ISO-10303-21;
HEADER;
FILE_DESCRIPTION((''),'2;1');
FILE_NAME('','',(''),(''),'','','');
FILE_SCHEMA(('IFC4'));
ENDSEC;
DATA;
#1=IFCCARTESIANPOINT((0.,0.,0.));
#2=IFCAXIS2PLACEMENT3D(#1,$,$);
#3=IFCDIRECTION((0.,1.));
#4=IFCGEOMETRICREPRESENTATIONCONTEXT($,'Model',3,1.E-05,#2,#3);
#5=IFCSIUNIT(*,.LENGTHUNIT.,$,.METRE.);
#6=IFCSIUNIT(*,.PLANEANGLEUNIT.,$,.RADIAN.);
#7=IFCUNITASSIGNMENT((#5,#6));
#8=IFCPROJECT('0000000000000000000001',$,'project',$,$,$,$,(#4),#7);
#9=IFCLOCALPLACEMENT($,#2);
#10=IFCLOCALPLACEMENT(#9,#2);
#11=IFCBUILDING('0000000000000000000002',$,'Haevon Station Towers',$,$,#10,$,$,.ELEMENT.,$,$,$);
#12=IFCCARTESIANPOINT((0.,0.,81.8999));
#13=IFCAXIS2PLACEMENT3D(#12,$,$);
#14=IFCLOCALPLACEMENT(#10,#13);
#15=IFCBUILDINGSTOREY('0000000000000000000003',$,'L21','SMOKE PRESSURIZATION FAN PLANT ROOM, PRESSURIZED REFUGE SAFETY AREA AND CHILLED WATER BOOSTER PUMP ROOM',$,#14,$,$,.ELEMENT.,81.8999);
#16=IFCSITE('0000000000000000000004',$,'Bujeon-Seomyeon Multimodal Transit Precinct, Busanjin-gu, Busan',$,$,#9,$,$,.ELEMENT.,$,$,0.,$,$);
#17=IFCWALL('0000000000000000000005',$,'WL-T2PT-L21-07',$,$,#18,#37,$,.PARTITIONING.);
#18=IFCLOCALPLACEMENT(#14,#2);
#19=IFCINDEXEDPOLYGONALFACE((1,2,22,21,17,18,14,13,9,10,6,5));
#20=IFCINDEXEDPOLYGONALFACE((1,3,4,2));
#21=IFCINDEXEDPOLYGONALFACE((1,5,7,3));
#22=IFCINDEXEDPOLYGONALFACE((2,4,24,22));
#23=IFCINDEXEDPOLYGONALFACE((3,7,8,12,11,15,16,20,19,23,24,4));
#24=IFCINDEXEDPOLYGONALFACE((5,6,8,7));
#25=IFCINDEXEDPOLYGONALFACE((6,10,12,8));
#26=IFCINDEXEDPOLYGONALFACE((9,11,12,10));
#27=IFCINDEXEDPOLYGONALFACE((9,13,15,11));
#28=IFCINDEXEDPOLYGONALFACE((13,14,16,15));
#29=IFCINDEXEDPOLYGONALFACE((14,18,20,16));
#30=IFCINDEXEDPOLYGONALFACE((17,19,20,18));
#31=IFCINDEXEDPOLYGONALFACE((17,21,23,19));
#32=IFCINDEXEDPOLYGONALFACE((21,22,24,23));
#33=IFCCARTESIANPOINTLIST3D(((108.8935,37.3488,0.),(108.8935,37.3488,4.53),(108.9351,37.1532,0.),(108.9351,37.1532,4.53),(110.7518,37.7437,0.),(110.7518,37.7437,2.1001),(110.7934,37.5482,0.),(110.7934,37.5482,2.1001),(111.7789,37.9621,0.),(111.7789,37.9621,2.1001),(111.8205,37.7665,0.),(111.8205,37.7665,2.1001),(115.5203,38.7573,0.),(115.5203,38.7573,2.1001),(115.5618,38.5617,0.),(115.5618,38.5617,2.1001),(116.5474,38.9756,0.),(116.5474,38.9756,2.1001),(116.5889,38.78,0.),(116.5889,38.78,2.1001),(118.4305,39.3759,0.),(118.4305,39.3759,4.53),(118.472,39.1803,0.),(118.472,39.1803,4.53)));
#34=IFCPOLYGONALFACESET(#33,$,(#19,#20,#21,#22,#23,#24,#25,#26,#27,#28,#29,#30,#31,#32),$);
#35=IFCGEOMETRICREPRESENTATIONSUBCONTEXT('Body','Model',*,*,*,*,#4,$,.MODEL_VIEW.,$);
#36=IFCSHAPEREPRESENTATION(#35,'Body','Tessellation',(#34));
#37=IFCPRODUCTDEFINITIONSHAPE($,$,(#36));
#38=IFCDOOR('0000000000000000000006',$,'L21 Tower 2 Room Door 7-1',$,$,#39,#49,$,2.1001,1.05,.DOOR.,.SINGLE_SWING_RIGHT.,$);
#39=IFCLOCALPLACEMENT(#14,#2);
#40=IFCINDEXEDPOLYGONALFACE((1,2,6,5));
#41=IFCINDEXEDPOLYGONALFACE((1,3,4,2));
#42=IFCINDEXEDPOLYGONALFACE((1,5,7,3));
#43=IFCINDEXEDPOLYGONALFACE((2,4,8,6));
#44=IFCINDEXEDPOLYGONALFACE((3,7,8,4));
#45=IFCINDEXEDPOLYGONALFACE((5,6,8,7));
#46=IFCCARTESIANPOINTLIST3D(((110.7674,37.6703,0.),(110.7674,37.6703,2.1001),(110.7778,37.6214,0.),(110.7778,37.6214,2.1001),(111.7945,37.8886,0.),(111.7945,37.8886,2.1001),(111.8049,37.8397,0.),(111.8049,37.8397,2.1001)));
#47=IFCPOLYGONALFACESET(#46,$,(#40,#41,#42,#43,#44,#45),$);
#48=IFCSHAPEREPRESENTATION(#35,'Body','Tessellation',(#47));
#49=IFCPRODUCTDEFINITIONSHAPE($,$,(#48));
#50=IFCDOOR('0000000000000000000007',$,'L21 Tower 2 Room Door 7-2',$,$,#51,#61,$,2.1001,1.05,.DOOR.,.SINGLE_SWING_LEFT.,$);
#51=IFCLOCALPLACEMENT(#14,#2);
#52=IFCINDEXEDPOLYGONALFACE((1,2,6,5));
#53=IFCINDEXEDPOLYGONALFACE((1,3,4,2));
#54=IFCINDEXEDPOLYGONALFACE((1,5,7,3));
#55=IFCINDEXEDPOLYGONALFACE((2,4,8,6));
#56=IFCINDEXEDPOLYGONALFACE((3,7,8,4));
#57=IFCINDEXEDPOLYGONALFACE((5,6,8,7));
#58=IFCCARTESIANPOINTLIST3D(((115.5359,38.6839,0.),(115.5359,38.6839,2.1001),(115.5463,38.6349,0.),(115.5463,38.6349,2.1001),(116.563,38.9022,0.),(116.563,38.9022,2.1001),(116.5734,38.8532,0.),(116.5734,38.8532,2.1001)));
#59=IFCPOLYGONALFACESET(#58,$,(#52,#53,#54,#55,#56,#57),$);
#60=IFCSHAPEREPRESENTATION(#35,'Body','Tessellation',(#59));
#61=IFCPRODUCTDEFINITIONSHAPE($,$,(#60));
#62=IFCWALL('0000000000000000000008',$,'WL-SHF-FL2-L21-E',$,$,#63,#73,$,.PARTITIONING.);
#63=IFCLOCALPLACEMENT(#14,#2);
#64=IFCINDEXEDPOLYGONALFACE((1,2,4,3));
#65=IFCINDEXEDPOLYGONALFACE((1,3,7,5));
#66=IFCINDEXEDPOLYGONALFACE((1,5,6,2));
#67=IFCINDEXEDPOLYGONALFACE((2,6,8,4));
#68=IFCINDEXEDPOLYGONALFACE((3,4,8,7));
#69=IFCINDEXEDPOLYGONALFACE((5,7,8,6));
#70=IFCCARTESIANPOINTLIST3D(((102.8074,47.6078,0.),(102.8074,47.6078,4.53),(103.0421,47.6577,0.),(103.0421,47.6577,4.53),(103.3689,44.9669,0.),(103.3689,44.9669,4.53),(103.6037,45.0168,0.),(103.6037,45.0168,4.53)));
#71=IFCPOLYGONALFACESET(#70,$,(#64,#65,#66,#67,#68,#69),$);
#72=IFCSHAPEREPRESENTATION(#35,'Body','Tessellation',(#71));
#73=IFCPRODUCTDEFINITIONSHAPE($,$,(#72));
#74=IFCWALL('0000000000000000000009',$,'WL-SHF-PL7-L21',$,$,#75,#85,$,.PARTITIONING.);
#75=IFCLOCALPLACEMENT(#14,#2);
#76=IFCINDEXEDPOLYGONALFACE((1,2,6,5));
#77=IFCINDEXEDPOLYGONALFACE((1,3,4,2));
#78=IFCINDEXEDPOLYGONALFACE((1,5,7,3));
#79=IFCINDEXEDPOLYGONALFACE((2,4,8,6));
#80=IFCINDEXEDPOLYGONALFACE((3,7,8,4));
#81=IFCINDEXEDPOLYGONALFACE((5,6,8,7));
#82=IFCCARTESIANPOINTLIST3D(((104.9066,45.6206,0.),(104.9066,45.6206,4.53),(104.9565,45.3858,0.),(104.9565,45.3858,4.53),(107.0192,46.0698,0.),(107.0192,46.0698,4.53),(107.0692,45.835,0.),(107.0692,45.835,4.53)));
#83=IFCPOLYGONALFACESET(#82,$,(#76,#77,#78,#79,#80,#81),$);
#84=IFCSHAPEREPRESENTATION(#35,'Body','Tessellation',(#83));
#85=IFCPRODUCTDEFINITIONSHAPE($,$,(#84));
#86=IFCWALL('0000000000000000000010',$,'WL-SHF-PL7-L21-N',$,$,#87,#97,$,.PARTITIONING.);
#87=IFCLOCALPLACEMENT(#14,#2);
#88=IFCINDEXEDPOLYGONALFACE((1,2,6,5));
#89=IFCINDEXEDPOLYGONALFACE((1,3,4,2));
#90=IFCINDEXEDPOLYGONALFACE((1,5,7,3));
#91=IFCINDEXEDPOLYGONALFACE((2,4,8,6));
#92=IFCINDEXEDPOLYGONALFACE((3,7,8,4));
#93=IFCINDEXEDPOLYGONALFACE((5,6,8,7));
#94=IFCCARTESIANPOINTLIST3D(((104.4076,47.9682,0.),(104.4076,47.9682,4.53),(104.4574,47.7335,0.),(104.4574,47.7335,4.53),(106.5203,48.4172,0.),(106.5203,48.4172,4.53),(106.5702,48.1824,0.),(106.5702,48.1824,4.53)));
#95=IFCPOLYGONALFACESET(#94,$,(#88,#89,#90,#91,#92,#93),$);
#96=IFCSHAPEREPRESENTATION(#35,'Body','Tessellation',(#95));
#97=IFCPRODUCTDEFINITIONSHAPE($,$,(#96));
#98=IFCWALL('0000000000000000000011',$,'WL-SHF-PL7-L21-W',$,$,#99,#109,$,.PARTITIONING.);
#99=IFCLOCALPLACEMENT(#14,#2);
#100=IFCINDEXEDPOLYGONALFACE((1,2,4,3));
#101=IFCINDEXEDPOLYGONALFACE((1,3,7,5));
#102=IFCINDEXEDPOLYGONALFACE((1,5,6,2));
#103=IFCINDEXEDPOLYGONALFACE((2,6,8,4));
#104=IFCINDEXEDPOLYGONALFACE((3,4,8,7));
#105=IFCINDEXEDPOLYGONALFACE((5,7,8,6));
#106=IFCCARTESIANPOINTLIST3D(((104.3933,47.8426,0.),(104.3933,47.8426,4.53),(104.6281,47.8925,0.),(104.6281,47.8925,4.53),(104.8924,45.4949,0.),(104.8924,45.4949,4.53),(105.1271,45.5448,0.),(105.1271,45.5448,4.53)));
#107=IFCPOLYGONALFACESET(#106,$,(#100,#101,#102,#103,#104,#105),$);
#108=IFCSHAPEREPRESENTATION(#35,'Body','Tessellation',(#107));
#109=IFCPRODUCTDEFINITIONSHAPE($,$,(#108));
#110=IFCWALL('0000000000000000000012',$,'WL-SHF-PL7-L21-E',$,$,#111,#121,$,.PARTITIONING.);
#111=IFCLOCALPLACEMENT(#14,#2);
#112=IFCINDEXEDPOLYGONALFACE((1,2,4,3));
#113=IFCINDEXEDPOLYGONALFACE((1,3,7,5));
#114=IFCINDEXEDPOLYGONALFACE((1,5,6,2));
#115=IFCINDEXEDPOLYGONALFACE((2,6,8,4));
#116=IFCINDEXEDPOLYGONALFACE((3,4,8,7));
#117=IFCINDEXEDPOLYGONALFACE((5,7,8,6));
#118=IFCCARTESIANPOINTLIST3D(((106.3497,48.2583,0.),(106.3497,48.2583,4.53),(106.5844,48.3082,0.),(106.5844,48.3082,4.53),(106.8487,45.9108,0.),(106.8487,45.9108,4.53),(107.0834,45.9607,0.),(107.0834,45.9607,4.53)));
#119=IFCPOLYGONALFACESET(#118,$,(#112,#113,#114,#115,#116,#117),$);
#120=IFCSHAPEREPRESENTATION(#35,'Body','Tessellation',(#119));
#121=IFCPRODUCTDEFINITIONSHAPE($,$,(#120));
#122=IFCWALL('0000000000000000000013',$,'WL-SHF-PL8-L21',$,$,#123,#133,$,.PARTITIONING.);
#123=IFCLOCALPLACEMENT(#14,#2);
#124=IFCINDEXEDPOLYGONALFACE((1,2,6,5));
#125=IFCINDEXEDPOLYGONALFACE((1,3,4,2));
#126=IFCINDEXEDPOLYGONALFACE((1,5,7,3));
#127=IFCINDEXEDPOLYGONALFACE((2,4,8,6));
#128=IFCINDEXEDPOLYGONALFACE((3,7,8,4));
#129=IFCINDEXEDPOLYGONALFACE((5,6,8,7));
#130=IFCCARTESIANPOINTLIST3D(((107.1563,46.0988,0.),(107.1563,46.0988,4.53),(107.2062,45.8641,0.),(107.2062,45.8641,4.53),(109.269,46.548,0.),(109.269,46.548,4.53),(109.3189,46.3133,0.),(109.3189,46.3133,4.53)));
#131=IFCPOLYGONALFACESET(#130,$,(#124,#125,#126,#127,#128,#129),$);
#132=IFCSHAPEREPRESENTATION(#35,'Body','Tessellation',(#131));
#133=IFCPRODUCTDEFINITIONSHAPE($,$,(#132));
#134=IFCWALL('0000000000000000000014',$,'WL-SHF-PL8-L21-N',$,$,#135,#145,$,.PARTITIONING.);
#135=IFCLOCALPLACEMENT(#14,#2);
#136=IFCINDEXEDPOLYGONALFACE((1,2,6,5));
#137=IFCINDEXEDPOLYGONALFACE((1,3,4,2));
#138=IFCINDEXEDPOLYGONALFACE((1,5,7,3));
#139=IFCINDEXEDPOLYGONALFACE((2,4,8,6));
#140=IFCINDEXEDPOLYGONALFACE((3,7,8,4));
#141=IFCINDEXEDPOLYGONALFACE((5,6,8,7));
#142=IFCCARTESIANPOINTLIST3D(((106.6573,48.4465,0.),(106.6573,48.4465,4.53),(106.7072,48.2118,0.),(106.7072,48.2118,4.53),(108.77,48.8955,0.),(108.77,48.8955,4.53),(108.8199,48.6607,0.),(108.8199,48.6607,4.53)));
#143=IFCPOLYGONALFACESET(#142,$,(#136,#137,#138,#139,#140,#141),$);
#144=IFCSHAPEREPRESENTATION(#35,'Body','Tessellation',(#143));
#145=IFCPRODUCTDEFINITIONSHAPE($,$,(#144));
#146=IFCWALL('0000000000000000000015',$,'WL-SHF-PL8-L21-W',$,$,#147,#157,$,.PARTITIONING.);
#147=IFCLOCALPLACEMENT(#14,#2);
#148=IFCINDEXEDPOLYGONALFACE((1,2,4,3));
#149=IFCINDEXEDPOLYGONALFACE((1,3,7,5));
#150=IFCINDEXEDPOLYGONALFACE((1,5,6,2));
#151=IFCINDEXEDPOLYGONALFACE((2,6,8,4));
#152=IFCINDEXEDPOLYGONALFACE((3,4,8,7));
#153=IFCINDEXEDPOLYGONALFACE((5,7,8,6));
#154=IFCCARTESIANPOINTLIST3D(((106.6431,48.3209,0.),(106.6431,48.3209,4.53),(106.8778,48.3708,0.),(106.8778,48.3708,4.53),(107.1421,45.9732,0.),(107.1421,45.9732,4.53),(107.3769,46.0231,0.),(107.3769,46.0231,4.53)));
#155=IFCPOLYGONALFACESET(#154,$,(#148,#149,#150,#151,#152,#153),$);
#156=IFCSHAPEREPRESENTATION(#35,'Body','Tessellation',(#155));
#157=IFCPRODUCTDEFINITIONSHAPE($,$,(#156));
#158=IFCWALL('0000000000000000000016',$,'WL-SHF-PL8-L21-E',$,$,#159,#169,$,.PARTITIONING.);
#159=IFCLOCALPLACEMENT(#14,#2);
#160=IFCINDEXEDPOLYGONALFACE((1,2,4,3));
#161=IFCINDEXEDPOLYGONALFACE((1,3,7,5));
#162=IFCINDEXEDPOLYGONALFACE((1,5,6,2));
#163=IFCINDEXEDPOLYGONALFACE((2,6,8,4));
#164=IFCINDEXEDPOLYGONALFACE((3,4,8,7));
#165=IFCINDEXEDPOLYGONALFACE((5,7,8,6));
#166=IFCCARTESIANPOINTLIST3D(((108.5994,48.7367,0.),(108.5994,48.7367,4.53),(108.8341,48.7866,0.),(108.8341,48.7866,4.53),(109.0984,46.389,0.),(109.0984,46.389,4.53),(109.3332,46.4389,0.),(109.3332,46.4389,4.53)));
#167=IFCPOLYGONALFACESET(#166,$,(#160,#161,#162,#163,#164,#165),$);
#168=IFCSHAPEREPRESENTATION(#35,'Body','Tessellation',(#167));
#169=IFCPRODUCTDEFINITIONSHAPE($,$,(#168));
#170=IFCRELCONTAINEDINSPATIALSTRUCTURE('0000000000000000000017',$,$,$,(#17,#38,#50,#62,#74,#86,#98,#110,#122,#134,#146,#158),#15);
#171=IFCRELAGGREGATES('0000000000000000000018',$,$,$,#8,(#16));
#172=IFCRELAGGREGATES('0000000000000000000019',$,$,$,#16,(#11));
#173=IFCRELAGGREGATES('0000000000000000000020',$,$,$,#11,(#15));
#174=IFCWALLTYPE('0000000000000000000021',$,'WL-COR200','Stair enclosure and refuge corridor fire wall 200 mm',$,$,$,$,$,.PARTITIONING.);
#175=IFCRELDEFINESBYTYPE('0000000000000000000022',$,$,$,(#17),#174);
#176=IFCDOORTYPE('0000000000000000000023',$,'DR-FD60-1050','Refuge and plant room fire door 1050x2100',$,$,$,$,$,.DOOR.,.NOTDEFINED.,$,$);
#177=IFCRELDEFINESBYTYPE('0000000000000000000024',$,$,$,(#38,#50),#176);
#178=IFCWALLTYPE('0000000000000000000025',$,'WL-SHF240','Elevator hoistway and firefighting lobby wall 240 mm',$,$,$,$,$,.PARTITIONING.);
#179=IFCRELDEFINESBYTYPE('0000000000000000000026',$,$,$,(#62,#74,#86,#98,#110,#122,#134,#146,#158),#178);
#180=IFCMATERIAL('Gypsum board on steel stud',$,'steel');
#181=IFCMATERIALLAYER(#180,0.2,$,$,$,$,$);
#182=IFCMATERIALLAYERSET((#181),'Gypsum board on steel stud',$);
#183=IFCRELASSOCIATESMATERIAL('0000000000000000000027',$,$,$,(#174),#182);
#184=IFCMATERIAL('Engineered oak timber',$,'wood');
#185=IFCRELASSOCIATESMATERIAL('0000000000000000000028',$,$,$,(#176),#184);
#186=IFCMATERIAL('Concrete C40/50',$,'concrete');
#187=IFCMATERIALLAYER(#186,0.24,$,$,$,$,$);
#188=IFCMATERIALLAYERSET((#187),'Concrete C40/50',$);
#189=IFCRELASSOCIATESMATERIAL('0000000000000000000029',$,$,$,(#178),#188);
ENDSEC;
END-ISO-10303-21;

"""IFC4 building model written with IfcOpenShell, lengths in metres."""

from ifc_helpers import new_model, si_unit, direction, frame, frame_2d, origin, place, context, subcontext, project, spatial, rectangle, extrude, material, layer, layer_set, type_object, element, fill, save


model = new_model("IFC4")

# Units and contexts
model_context = context("Model", 3, precision=1e-05, world=origin(), true_north=direction((0.0, 1.0)))
body_context = subcontext(model_context, "Body", "Model", "MODEL_VIEW")
ifc_project = project(units=[si_unit("LENGTHUNIT", "METRE"), si_unit("PLANEANGLEUNIT", "RADIAN")], contexts=[model_context])

# Site, building, storey
site_placement = place(None, origin())
site = spatial("IfcSite", under=ifc_project, at=site_placement, Name="Bujeon-Seomyeon Multimodal Transit Precinct, Busanjin-gu, Busan", CompositionType="ELEMENT", RefElevation=0.0)
building_placement = place(site_placement, origin())
building = spatial("IfcBuilding", under=site, at=building_placement, Name="Haevon Station Towers", CompositionType="ELEMENT")
storey_placement = place(building_placement, frame((0.0, 0.0, 81.8999)))
storey = spatial("IfcBuildingStorey", under=building, at=storey_placement, Name="L21", Description="SMOKE PRESSURIZATION FAN PLANT ROOM, PRESSURIZED REFUGE SAFETY AREA AND CHILLED WATER BOOSTER PUMP ROOM", CompositionType="ELEMENT", Elevation=81.8999)

# Shared definitions
ifc_material_1 = material(Name="Gypsum board on steel stud", Category="steel")
ifc_layer_1 = layer(ifc_material_1, 0.2)
ifc_layer_set_1 = layer_set([ifc_layer_1], Name="Gypsum board on steel stud")
wall_type_1 = type_object("IfcWallType", Name="WL-COR200", Description="Stair enclosure and refuge corridor fire wall 200 mm", PredefinedType="PARTITIONING", material=ifc_layer_set_1)
ifc_material_2 = material(Name="Engineered oak timber", Category="wood")
door_type_1 = type_object("IfcDoorType", Name="DR-FD60-1050", Description="Refuge and plant room fire door 1050x2100", OperationType="NOTDEFINED", PredefinedType="DOOR", material=ifc_material_2)

# Wall, openings, doors
wall_1_placement = place(storey_placement, frame((108.9143, 37.251, 0.0), z_axis=(0.0, 0.0, 1.0), x_axis=(0.978148, 0.207909, 0.0)))
wall_1 = element("IfcWall", 1, at=wall_1_placement, inside=storey, type_object=wall_type_1, Name="WL-T2PT-L21-07", PredefinedType="PARTITIONING", context=body_context, shape_type="SweptSolid", body=[
    extrude(rectangle(XDim=9.75, YDim=0.2, at=frame_2d((4.875, 0.0))), origin(), (0.0, 0.0, 1.0), 4.53),
])
opening_1_placement = place(wall_1_placement, frame((1.8999, 0.0, 0.0)))
opening_1 = element("IfcOpeningElement", 2, at=opening_1_placement, cuts=wall_1, PredefinedType="OPENING", context=body_context, shape_type="SweptSolid", body=[
    extrude(rectangle(XDim=1.05, YDim=2.1001, at=frame_2d((0.5249, 1.05))), frame((0.0, 0.1099, 0.0), z_axis=(0.0, -1.0, 0.0), x_axis=(1.0, 0.0, 0.0)), (0.0, 0.0, 1.0), 0.22),
])
opening_2_placement = place(wall_1_placement, frame((6.7749, 0.0, 0.0)))
opening_2 = element("IfcOpeningElement", 3, at=opening_2_placement, cuts=wall_1, PredefinedType="OPENING", context=body_context, shape_type="SweptSolid", body=[
    extrude(rectangle(XDim=1.05, YDim=2.1001, at=frame_2d((0.5249, 1.05))), frame((0.0, 0.1099, 0.0), z_axis=(0.0, -1.0, 0.0), x_axis=(1.0, 0.0, 0.0)), (0.0, 0.0, 1.0), 0.22),
])
door_1_placement = place(opening_1_placement, origin())
door_1 = element("IfcDoor", 4, at=door_1_placement, inside=storey, type_object=door_type_1, Name="L21 Tower 2 Room Door 7-1", OperationType="SINGLE_SWING_RIGHT", OverallHeight=2.1001, OverallWidth=1.05, PredefinedType="DOOR", context=body_context, shape_type="SweptSolid", body=[
    extrude(rectangle(XDim=1.05, YDim=2.1001, at=frame_2d((0.5249, 1.05))), frame((0.0, 0.0249, 0.0), z_axis=(0.0, -1.0, 0.0), x_axis=(1.0, 0.0, 0.0)), (0.0, 0.0, 1.0), 0.05),
])
fill(opening_1, door_1)
door_2_placement = place(opening_2_placement, origin())
door_2 = element("IfcDoor", 5, at=door_2_placement, inside=storey, type_object=door_type_1, Name="L21 Tower 2 Room Door 7-2", OperationType="SINGLE_SWING_LEFT", OverallHeight=2.1001, OverallWidth=1.05, PredefinedType="DOOR", context=body_context, shape_type="SweptSolid", body=[
    extrude(rectangle(XDim=1.05, YDim=2.1001, at=frame_2d((0.5249, 1.05))), frame((0.0, 0.0249, 0.0), z_axis=(0.0, -1.0, 0.0), x_axis=(1.0, 0.0, 0.0)), (0.0, 0.0, 1.0), 0.05),
])
fill(opening_2, door_2)

# Walls
ifc_material_3 = material(Name="Concrete C40/50", Category="concrete")
ifc_layer_2 = layer(ifc_material_3, 0.24)
ifc_layer_set_2 = layer_set([ifc_layer_2], Name="Concrete C40/50")
wall_type_2 = type_object("IfcWallType", Name="WL-SHF240", Description="Elevator hoistway and firefighting lobby wall 240 mm", PredefinedType="PARTITIONING", material=ifc_layer_set_2)
wall_2_placement = place(storey_placement, frame((103.4863, 44.9917, 0.0), z_axis=(0.0, 0.0, 1.0), x_axis=(-0.207979, 0.978133, 0.0)))
element("IfcWall", 6, at=wall_2_placement, inside=storey, type_object=wall_type_2, Name="WL-SHF-FL2-L21-E", PredefinedType="PARTITIONING", context=body_context, shape_type="SweptSolid", body=[
    extrude(rectangle(XDim=2.7, YDim=0.24, at=frame_2d((1.3501, 0.0))), origin(), (0.0, 0.0, 1.0), 4.53),
])
for number, where, z_axis, x_axis, name in (
    (7, (104.9314, 45.5032, 0.0), (0.0, 0.0, 1.0), (0.978135, 0.20797, 0.0), "WL-SHF-PL7-L21"),
    (8, (104.4324, 47.8508, 0.0), (0.0, 0.0, 1.0), (0.978158, 0.207861, 0.0), "WL-SHF-PL7-L21-N"),
):
    element("IfcWall", number, at=place(storey_placement, frame(where, z_axis=z_axis, x_axis=x_axis)), inside=storey, type_object=wall_type_2, Name=name, PredefinedType="PARTITIONING", context=body_context, shape_type="SweptSolid", body=[
        extrude(rectangle(XDim=2.1599, YDim=0.24, at=frame_2d((1.0801, 0.0))), origin(), (0.0, 0.0, 1.0), 4.53),
    ])
wall_3_placement = place(storey_placement, frame((105.0098, 45.5198, 0.0), z_axis=(0.0, 0.0, 1.0), x_axis=(-0.207917, 0.978146, 0.0)))
element("IfcWall", 9, at=wall_3_placement, inside=storey, type_object=wall_type_2, Name="WL-SHF-PL7-L21-W", PredefinedType="PARTITIONING", context=body_context, shape_type="SweptSolid", body=[
    extrude(rectangle(XDim=2.4001, YDim=0.24, at=frame_2d((1.2002, 0.0))), origin(), (0.0, 0.0, 1.0), 4.53),
])
wall_4_placement = place(storey_placement, frame((106.9661, 45.9358, 0.0), z_axis=(0.0, 0.0, 1.0), x_axis=(-0.207938, 0.978142, 0.0)))
element("IfcWall", 10, at=wall_4_placement, inside=storey, type_object=wall_type_2, Name="WL-SHF-PL7-L21-E", PredefinedType="PARTITIONING", context=body_context, shape_type="SweptSolid", body=[
    extrude(rectangle(XDim=2.3999, YDim=0.24, at=frame_2d((1.2, 0.0))), origin(), (0.0, 0.0, 1.0), 4.53),
])
for number, where, z_axis, x_axis, name in (
    (11, (107.1812, 45.9814, 0.0), (0.0, 0.0, 1.0), (0.978135, 0.20797, 0.0), "WL-SHF-PL8-L21"),
    (12, (106.6821, 48.3291, 0.0), (0.0, 0.0, 1.0), (0.978158, 0.207861, 0.0), "WL-SHF-PL8-L21-N"),
):
    element("IfcWall", number, at=place(storey_placement, frame(where, z_axis=z_axis, x_axis=x_axis)), inside=storey, type_object=wall_type_2, Name=name, PredefinedType="PARTITIONING", context=body_context, shape_type="SweptSolid", body=[
        extrude(rectangle(XDim=2.1599, YDim=0.24, at=frame_2d((1.0801, 0.0))), origin(), (0.0, 0.0, 1.0), 4.53),
    ])
for number, where, z_axis, x_axis, name in (
    (13, (107.2595, 45.998, 0.0), (0.0, 0.0, 1.0), (-0.207917, 0.978146, 0.0), "WL-SHF-PL8-L21-W"),
    (14, (109.2158, 46.4138, 0.0), (0.0, 0.0, 1.0), (-0.207917, 0.978146, 0.0), "WL-SHF-PL8-L21-E"),
):
    element("IfcWall", number, at=place(storey_placement, frame(where, z_axis=z_axis, x_axis=x_axis)), inside=storey, type_object=wall_type_2, Name=name, PredefinedType="PARTITIONING", context=body_context, shape_type="SweptSolid", body=[
        extrude(rectangle(XDim=2.4001, YDim=0.24, at=frame_2d((1.2002, 0.0))), origin(), (0.0, 0.0, 1.0), 4.53),
    ])

save(model, "model.ifc")
